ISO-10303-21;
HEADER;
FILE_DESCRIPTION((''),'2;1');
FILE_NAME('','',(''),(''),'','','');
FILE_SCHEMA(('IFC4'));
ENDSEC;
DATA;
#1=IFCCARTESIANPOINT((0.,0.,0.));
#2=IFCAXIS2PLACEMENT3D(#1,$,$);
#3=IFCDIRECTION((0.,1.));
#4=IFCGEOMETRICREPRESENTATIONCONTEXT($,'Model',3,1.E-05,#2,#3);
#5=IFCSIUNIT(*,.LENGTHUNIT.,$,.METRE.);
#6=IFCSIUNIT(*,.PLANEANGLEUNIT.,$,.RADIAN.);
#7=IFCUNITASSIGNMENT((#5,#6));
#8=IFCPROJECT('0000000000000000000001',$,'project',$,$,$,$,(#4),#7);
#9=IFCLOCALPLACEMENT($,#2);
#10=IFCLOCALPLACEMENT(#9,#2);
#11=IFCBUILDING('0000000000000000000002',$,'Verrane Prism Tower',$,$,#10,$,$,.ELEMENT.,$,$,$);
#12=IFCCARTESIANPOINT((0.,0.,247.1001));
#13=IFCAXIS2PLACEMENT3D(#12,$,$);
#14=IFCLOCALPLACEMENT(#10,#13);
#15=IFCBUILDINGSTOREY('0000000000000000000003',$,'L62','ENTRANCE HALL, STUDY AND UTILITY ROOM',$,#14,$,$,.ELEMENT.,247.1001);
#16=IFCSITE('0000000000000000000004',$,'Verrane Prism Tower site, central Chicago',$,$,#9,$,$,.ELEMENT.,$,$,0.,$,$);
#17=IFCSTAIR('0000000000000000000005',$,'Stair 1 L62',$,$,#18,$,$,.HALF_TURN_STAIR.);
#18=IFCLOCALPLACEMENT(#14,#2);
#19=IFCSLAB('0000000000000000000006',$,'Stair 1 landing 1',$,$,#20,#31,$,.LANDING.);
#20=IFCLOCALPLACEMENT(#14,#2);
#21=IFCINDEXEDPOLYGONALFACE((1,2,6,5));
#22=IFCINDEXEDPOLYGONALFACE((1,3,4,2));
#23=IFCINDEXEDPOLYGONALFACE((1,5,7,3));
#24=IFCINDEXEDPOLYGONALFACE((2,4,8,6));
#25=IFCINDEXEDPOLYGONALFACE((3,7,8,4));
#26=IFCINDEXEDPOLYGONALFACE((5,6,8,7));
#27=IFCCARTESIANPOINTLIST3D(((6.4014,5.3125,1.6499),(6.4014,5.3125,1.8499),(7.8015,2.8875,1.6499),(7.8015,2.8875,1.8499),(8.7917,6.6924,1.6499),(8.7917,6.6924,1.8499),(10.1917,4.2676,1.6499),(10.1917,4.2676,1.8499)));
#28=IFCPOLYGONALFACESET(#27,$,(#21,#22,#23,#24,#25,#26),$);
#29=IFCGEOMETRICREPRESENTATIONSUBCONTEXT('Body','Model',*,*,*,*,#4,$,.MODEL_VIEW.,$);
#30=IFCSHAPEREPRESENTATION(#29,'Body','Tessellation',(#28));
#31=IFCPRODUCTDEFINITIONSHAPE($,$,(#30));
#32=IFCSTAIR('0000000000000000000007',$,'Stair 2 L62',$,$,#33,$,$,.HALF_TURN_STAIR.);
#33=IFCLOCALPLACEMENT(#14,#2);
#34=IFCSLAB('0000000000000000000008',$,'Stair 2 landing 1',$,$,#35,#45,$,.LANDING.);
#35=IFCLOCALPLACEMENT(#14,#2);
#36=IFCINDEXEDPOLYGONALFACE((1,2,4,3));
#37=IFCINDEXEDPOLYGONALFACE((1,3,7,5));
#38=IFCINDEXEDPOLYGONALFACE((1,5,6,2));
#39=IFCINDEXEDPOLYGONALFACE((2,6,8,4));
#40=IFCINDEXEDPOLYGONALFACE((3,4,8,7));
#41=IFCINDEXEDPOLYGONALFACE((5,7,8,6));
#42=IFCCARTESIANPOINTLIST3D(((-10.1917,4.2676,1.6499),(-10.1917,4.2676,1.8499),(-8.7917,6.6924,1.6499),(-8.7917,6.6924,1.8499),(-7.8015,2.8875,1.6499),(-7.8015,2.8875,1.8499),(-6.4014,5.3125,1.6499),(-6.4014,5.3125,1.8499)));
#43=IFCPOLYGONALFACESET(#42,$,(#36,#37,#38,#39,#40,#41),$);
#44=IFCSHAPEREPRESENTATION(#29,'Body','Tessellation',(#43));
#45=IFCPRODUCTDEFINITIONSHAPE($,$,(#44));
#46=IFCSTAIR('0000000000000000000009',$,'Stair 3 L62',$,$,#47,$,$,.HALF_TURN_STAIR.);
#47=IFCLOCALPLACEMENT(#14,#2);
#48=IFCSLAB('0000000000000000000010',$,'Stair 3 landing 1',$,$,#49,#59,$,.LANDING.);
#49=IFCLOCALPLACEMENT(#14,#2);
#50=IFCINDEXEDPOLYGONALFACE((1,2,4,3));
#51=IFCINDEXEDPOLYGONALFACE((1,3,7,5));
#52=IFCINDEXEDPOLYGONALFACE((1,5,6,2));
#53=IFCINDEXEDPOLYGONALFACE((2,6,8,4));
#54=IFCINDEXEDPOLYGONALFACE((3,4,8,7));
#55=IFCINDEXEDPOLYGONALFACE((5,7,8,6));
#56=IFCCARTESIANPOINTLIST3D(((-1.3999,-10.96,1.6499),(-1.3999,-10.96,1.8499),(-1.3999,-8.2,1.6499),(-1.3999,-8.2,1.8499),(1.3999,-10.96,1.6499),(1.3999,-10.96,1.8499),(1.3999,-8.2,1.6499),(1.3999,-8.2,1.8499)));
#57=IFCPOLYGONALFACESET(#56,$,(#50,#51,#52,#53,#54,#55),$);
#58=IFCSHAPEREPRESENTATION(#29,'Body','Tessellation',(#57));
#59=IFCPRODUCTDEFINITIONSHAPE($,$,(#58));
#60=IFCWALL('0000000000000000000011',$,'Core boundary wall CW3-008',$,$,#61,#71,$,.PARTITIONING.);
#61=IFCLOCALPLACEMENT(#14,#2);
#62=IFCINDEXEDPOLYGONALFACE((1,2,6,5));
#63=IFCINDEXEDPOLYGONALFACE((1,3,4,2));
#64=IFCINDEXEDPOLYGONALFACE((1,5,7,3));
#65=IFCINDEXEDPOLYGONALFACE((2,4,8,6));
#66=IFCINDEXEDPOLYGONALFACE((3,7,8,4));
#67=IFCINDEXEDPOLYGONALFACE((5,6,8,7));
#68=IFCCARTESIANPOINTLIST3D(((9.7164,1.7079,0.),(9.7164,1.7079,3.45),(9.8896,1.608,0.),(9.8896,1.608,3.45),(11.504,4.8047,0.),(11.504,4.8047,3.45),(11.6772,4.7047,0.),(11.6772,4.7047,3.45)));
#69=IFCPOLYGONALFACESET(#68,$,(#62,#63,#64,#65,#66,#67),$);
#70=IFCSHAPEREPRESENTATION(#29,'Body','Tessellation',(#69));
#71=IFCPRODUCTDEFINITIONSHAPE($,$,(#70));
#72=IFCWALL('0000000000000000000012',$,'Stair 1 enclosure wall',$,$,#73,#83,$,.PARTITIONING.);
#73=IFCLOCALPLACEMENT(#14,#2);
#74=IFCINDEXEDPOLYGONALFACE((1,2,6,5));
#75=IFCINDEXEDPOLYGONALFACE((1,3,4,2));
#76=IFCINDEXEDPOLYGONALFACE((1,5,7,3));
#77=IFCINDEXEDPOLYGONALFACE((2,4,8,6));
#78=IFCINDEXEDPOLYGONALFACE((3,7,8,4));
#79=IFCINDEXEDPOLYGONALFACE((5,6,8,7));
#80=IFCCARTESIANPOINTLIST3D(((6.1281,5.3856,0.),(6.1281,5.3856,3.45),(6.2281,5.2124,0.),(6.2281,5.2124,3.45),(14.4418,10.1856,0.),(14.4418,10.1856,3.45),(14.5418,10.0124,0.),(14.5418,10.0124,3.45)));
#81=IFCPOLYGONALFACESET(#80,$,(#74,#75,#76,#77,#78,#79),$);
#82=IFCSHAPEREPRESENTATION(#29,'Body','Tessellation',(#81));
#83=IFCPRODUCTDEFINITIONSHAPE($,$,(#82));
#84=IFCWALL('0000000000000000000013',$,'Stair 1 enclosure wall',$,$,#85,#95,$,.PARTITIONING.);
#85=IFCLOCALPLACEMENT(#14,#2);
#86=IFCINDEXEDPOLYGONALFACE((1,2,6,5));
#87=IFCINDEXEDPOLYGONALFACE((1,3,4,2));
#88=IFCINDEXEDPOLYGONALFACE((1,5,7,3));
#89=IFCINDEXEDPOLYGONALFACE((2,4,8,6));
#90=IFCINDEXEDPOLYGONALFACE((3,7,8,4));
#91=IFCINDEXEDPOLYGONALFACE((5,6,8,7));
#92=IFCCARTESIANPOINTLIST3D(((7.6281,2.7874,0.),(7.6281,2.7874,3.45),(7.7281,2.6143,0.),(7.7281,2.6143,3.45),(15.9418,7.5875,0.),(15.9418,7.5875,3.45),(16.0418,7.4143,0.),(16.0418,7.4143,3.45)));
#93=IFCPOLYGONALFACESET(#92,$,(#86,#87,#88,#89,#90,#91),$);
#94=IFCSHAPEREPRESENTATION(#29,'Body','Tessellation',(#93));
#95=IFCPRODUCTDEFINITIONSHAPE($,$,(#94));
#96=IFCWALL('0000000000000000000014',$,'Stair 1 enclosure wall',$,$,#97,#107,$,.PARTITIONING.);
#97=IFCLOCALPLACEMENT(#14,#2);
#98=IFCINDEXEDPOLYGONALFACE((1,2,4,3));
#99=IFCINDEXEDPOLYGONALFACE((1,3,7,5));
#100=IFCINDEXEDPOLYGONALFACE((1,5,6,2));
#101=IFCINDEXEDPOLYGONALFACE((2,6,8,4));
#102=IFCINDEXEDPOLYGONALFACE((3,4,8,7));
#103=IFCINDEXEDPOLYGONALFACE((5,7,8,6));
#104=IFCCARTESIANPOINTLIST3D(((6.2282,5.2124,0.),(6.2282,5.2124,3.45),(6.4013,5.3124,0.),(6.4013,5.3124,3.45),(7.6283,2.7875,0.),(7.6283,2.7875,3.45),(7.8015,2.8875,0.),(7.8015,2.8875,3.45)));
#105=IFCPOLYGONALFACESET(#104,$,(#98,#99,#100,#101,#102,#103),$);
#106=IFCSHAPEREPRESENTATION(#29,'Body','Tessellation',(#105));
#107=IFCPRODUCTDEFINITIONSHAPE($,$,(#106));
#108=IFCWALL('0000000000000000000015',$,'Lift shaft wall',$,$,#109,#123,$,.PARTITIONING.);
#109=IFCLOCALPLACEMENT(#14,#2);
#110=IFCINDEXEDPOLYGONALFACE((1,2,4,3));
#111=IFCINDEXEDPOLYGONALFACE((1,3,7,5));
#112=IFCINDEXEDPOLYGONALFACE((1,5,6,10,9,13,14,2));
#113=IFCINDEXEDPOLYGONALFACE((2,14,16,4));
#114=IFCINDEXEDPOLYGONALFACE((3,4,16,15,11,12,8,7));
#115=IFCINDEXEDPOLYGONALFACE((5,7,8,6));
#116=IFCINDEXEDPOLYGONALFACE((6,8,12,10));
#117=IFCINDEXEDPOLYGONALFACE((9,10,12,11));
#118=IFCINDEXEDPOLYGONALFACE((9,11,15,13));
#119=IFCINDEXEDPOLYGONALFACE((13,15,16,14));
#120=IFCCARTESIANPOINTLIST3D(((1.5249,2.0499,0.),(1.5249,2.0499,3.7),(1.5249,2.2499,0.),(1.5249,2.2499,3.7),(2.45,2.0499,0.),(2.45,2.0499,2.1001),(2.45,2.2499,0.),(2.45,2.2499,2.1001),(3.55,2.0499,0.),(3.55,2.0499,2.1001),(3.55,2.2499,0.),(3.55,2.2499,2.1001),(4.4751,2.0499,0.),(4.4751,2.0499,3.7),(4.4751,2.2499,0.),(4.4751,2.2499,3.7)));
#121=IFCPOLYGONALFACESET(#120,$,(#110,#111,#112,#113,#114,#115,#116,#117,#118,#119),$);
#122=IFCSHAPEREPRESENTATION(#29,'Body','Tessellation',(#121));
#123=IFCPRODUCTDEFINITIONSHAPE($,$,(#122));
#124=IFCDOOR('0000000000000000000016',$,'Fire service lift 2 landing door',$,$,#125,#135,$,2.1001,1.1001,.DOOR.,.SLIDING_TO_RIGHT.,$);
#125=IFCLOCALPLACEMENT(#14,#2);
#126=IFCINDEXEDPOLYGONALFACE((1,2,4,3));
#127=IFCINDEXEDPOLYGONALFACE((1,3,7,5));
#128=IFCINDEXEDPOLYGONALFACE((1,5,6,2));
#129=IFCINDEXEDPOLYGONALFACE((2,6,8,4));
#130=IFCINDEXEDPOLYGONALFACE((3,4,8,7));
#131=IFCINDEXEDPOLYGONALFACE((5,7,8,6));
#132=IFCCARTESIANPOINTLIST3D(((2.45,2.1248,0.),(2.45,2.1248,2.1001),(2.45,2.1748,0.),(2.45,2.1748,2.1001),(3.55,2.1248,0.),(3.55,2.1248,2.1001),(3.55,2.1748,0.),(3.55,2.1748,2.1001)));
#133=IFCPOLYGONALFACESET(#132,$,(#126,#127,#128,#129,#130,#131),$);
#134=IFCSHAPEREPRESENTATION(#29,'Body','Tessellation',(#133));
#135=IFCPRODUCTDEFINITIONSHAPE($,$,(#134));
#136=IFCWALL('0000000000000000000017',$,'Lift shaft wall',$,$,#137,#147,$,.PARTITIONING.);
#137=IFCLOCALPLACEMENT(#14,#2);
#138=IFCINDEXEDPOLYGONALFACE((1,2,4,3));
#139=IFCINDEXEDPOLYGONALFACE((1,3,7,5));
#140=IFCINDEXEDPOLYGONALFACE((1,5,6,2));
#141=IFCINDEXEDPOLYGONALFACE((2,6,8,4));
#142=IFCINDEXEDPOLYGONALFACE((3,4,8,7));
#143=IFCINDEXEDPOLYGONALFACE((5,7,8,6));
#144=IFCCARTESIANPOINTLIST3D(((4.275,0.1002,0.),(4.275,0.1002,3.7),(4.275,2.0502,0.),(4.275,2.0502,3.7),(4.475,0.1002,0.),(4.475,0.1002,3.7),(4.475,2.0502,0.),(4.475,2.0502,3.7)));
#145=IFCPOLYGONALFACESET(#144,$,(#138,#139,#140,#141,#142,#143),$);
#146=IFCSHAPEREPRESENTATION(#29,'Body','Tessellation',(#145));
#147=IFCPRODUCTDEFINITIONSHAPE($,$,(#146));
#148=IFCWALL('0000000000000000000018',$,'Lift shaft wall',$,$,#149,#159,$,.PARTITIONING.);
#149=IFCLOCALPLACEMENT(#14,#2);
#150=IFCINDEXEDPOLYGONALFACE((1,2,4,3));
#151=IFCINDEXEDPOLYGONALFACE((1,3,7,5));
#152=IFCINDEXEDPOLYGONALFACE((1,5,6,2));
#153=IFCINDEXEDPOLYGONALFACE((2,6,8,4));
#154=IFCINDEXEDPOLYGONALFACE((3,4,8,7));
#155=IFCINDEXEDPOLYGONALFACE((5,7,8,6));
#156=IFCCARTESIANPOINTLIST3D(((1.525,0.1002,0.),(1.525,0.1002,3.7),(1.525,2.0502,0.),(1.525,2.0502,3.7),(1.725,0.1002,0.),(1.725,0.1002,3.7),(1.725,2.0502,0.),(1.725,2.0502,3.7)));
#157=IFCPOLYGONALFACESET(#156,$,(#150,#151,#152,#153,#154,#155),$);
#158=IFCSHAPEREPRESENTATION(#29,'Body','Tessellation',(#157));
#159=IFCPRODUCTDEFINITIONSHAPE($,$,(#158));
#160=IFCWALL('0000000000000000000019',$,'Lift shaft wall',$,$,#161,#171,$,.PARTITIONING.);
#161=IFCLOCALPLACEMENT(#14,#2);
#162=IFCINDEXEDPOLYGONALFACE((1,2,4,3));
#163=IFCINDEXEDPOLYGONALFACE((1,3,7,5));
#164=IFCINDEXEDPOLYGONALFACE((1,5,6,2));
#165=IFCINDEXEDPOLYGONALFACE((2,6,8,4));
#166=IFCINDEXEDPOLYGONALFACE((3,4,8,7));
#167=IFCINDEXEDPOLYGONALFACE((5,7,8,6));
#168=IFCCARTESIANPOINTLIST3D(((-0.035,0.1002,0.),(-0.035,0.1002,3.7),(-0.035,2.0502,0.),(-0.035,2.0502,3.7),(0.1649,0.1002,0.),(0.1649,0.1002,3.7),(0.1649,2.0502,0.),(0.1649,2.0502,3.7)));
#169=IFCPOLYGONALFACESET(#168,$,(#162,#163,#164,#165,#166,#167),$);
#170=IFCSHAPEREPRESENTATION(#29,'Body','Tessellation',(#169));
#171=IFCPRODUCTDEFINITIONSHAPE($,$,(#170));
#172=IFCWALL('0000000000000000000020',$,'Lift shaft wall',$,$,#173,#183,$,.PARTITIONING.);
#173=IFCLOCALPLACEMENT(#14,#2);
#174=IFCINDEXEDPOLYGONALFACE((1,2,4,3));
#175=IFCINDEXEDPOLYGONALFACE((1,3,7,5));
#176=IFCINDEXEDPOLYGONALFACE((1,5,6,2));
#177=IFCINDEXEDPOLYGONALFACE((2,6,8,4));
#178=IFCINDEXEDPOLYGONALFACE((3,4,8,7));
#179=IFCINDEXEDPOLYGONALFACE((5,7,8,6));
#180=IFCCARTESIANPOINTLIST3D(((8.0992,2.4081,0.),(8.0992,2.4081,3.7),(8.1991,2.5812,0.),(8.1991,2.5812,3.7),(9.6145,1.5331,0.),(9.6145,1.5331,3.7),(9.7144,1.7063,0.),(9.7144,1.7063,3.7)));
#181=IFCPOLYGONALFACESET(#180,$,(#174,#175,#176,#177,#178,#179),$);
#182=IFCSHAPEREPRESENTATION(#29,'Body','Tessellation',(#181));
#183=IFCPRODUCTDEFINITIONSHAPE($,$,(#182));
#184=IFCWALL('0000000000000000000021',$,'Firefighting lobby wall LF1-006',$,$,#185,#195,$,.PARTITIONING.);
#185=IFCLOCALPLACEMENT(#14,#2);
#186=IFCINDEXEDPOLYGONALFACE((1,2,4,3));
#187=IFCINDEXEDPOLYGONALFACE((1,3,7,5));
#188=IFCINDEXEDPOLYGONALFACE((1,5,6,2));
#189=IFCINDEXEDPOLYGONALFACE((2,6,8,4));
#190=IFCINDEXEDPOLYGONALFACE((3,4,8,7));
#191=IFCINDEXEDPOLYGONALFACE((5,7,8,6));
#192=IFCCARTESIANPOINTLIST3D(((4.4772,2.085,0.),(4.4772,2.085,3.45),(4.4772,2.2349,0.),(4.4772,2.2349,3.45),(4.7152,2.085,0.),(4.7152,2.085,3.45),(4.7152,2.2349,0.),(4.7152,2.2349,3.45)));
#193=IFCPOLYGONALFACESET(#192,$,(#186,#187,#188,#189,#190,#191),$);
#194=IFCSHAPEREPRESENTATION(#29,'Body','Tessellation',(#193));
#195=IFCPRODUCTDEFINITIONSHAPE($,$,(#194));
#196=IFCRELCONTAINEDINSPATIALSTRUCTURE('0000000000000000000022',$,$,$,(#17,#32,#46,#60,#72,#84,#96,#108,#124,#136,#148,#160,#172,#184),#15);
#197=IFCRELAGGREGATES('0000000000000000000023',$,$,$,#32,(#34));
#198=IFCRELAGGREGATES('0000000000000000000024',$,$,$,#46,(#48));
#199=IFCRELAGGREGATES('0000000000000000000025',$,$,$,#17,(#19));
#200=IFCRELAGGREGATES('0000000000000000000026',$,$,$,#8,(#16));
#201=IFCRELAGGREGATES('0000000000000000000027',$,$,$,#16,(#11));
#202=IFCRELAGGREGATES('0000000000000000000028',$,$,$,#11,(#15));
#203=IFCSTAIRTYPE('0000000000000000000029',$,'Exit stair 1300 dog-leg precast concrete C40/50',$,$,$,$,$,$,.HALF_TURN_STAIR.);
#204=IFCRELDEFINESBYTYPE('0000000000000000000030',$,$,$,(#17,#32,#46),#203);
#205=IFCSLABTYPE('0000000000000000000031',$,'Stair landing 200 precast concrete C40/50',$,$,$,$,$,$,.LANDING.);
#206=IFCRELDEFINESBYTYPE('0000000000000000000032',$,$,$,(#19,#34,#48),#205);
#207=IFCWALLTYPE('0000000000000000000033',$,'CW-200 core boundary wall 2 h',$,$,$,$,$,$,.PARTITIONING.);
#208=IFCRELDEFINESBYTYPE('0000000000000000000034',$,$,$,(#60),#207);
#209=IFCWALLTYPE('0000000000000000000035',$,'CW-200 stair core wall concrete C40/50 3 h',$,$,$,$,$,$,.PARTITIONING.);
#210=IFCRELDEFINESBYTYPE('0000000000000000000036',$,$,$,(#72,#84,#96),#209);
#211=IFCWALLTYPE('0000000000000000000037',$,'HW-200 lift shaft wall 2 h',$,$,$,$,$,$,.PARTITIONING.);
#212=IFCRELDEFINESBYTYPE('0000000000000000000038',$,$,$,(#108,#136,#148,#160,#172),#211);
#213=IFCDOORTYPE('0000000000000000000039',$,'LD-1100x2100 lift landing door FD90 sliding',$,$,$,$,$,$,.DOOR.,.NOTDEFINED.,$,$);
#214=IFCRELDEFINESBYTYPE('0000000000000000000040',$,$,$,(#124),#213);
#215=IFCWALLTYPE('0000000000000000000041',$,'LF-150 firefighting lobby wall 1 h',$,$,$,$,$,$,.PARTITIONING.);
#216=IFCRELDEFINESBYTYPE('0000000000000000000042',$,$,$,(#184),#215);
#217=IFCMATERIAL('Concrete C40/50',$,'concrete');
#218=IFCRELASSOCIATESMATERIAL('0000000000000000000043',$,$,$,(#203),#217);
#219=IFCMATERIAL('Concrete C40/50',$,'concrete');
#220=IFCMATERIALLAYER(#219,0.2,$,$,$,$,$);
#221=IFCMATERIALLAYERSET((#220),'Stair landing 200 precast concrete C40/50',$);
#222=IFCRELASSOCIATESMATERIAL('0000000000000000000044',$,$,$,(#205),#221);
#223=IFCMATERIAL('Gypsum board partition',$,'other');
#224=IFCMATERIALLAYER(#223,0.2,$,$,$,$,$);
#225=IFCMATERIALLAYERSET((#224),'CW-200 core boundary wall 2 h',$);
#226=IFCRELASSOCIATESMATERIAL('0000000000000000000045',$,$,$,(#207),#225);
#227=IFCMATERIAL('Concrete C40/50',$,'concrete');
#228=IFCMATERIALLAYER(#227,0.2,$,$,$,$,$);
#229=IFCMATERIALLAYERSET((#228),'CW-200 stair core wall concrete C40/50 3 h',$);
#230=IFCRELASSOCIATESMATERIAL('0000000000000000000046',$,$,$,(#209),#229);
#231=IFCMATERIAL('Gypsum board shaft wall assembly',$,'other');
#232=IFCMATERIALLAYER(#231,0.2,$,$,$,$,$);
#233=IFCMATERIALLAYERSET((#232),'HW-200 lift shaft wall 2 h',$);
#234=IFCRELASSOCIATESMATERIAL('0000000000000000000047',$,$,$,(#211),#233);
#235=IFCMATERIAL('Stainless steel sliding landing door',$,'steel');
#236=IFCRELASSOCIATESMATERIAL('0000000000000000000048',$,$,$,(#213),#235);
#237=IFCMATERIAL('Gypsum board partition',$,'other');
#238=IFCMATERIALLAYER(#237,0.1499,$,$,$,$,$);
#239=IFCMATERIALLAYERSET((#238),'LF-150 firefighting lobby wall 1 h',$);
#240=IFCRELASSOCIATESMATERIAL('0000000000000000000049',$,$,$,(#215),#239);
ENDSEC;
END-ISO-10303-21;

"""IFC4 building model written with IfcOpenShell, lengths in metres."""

from ifc_helpers import new_model, si_unit, direction, frame, frame_2d, origin, place, context, subcontext, project, spatial, polyline, rectangle, outline, extrude, material, layer, layer_set, type_object, element, fill, aggregate, save


model = new_model("IFC4")

# Units and contexts
model_context = context("Model", 3, precision=1e-05, world=origin(), true_north=direction((0.0, 1.0)))
body_context = subcontext(model_context, "Body", "Model", "MODEL_VIEW")
ifc_project = project(units=[si_unit("LENGTHUNIT", "METRE"), si_unit("PLANEANGLEUNIT", "RADIAN")], contexts=[model_context])

# Site, building, storey
site_placement = place(None, origin())
site = spatial("IfcSite", under=ifc_project, at=site_placement, Name="Verrane Prism Tower site, central Chicago", CompositionType="ELEMENT", RefElevation=0.0)
building_placement = place(site_placement, origin())
building = spatial("IfcBuilding", under=site, at=building_placement, Name="Verrane Prism Tower", CompositionType="ELEMENT")
storey_placement = place(building_placement, frame((0.0, 0.0, 247.1001)))
storey = spatial("IfcBuildingStorey", under=building, at=storey_placement, Name="L62", Description="ENTRANCE HALL, STUDY AND UTILITY ROOM", CompositionType="ELEMENT", Elevation=247.1001)

# Stairs, slabs
ifc_material_1 = material(Name="Concrete C40/50", Category="concrete")
stair_type = type_object("IfcStairType", Name="Exit stair 1300 dog-leg precast concrete C40/50", PredefinedType="HALF_TURN_STAIR", material=ifc_material_1)
stair_1_placement = place(storey_placement, origin())
stair_1 = element("IfcStair", 1, at=stair_1_placement, inside=storey, type_object=stair_type, Name="Stair 1 L62", PredefinedType="HALF_TURN_STAIR")
ifc_material_2 = material(Name="Concrete C40/50", Category="concrete")
ifc_layer_1 = layer(ifc_material_2, 0.2)
ifc_layer_set_1 = layer_set([ifc_layer_1], Name="Stair landing 200 precast concrete C40/50")
slab_type_1 = type_object("IfcSlabType", Name="Stair landing 200 precast concrete C40/50", PredefinedType="LANDING", material=ifc_layer_set_1)
slab_1_placement = place(storey_placement, frame((0.0, 0.0, 1.6499)))
slab_1 = element("IfcSlab", 2, at=slab_1_placement, type_object=slab_type_1, Name="Stair 1 landing 1", PredefinedType="LANDING", context=body_context, shape_type="SweptSolid", body=[
    extrude(outline(polyline([(8.7917, 6.6924), (6.4014, 5.3125), (7.8015, 2.8875), (10.1917, 4.2676), (8.7917, 6.6924)])), origin(), (0.0, 0.0, 1.0), 0.2),
])
stair_2_placement = place(storey_placement, origin())
stair_2 = element("IfcStair", 3, at=stair_2_placement, inside=storey, type_object=stair_type, Name="Stair 2 L62", PredefinedType="HALF_TURN_STAIR")
slab_2_placement = place(storey_placement, frame((0.0, 0.0, 1.6499)))
slab_2 = element("IfcSlab", 4, at=slab_2_placement, type_object=slab_type_1, Name="Stair 2 landing 1", PredefinedType="LANDING", context=body_context, shape_type="SweptSolid", body=[
    extrude(outline(polyline([(-10.1917, 4.2676), (-7.8015, 2.8875), (-6.4014, 5.3125), (-8.7917, 6.6924), (-10.1917, 4.2676)])), origin(), (0.0, 0.0, 1.0), 0.2),
])
aggregate(stair_2, [slab_2])
stair_3_placement = place(storey_placement, origin())
stair_3 = element("IfcStair", 5, at=stair_3_placement, inside=storey, type_object=stair_type, Name="Stair 3 L62", PredefinedType="HALF_TURN_STAIR")
slab_3_placement = place(storey_placement, frame((0.0, 0.0, 1.6499)))
slab_3 = element("IfcSlab", 6, at=slab_3_placement, type_object=slab_type_1, Name="Stair 3 landing 1", PredefinedType="LANDING", context=body_context, shape_type="SweptSolid", body=[
    extrude(outline(polyline([(1.3999, -10.96), (1.3999, -8.2), (-1.3999, -8.2), (-1.3999, -10.96), (1.3999, -10.96)])), origin(), (0.0, 0.0, 1.0), 0.2),
])
aggregate(stair_3, [slab_3])

# Walls
ifc_material_3 = material(Name="Gypsum board partition", Category="other")
ifc_layer_2 = layer(ifc_material_3, 0.2)
ifc_layer_set_2 = layer_set([ifc_layer_2], Name="CW-200 core boundary wall 2 h")
wall_type_1 = type_object("IfcWallType", Name="CW-200 core boundary wall 2 h", PredefinedType="PARTITIONING", material=ifc_layer_set_2)
wall_1_placement = place(storey_placement, frame((9.803, 1.658, 0.0), z_axis=(0.0, 0.0, 1.0), x_axis=(0.499943, 0.866058, 0.0)))
element("IfcWall", 7, at=wall_1_placement, inside=storey, type_object=wall_type_1, Name="Core boundary wall CW3-008", PredefinedType="PARTITIONING", context=body_context, shape_type="SweptSolid", body=[
    extrude(rectangle(XDim=3.5757, YDim=0.2, at=frame_2d((1.7878, 0.0))), origin(), (0.0, 0.0, 1.0), 3.45),
])
ifc_material_4 = material(Name="Concrete C40/50", Category="concrete")
ifc_layer_3 = layer(ifc_material_4, 0.2)
ifc_layer_set_3 = layer_set([ifc_layer_3], Name="CW-200 stair core wall concrete C40/50 3 h")
wall_type_2 = type_object("IfcWallType", Name="CW-200 stair core wall concrete C40/50 3 h", PredefinedType="PARTITIONING", material=ifc_layer_set_3)
for number, where, z_axis, x_axis, name in (
    (8, (6.1782, 5.2991, 0.0), (0.0, 0.0, 1.0), (0.86602, 0.500009, 0.0), "Stair 1 enclosure wall"),
    (9, (7.6782, 2.7009, 0.0), (0.0, 0.0, 1.0), (0.86602, 0.500009, 0.0), "Stair 1 enclosure wall"),
):
    element("IfcWall", number, at=place(storey_placement, frame(where, z_axis=z_axis, x_axis=x_axis)), inside=storey, type_object=wall_type_2, Name=name, PredefinedType="PARTITIONING", context=body_context, shape_type="SweptSolid", body=[
        extrude(rectangle(XDim=9.5999, YDim=0.2, at=frame_2d((4.7998, 0.0))), origin(), (0.0, 0.0, 1.0), 3.45),
    ])
wall_2_placement = place(storey_placement, frame((7.7148, 2.8376, 0.0), z_axis=(0.0, 0.0, 1.0), x_axis=(-0.50005, 0.865997, 0.0)))
element("IfcWall", 10, at=wall_2_placement, inside=storey, type_object=wall_type_2, Name="Stair 1 enclosure wall", PredefinedType="PARTITIONING", context=body_context, shape_type="SweptSolid", body=[
    extrude(rectangle(XDim=2.8, YDim=0.2, at=frame_2d((1.3999, 0.0))), origin(), (0.0, 0.0, 1.0), 3.45),
])

# Wall, opening, door
ifc_material_5 = material(Name="Gypsum board shaft wall assembly", Category="other")
ifc_layer_4 = layer(ifc_material_5, 0.2)
ifc_layer_set_4 = layer_set([ifc_layer_4], Name="HW-200 lift shaft wall 2 h")
wall_type_3 = type_object("IfcWallType", Name="HW-200 lift shaft wall 2 h", PredefinedType="PARTITIONING", material=ifc_layer_set_4)
wall_3_placement = place(storey_placement, frame((1.5249, 2.1499, 0.0), z_axis=(0.0, 0.0, 1.0), x_axis=(1.0, 0.0, 0.0)))
wall_3 = element("IfcWall", 11, at=wall_3_placement, inside=storey, type_object=wall_type_3, Name="Lift shaft wall", PredefinedType="PARTITIONING", context=body_context, shape_type="SweptSolid", body=[
    extrude(rectangle(XDim=2.9502, YDim=0.2, at=frame_2d((1.4751, 0.0))), origin(), (0.0, 0.0, 1.0), 3.7),
])
opening_1_placement = place(wall_3_placement, frame((0.925, 0.0, 0.0)))
opening_1 = element("IfcOpeningElement", 12, at=opening_1_placement, cuts=wall_3, PredefinedType="OPENING", context=body_context, shape_type="SweptSolid", body=[
    extrude(rectangle(XDim=1.1001, YDim=2.1001, at=frame_2d((0.55, 1.05))), frame((0.0, 0.1099, 0.0), z_axis=(0.0, -1.0, 0.0), x_axis=(1.0, 0.0, 0.0)), (0.0, 0.0, 1.0), 0.22),
])
ifc_material_6 = material(Name="Stainless steel sliding landing door", Category="steel")
door_type_1 = type_object("IfcDoorType", Name="LD-1100x2100 lift landing door FD90 sliding", OperationType="NOTDEFINED", PredefinedType="DOOR", material=ifc_material_6)
door_1_placement = place(opening_1_placement, origin())
door_1 = element("IfcDoor", 13, at=door_1_placement, inside=storey, type_object=door_type_1, Name="Fire service lift 2 landing door", OperationType="SLIDING_TO_RIGHT", OverallHeight=2.1001, OverallWidth=1.1001, PredefinedType="DOOR", context=body_context, shape_type="SweptSolid", body=[
    extrude(rectangle(XDim=1.1001, YDim=2.1001, at=frame_2d((0.55, 1.05))), frame((0.0, 0.0249, 0.0), z_axis=(0.0, -1.0, 0.0), x_axis=(1.0, 0.0, 0.0)), (0.0, 0.0, 1.0), 0.05),
])
fill(opening_1, door_1)

# Walls
for number, where, z_axis, x_axis, name in (
    (14, (4.375, 0.1001, 0.0), (0.0, 0.0, 1.0), (0.0, 1.0, 0.0), "Lift shaft wall"),
    (15, (1.625, 0.1001, 0.0), (0.0, 0.0, 1.0), (0.0, 1.0, 0.0), "Lift shaft wall"),
    (16, (0.0649, 0.1001, 0.0), (0.0, 0.0, 1.0), (0.0, 1.0, 0.0), "Lift shaft wall"),
):
    element("IfcWall", number, at=place(storey_placement, frame(where, z_axis=z_axis, x_axis=x_axis)), inside=storey, type_object=wall_type_3, Name=name, PredefinedType="PARTITIONING", context=body_context, shape_type="SweptSolid", body=[
        extrude(rectangle(XDim=1.95, YDim=0.2, at=frame_2d((0.9751, 0.0))), origin(), (0.0, 0.0, 1.0), 3.7),
    ])
wall_4_placement = place(storey_placement, frame((9.6646, 1.6196, 0.0), z_axis=(0.0, 0.0, 1.0), x_axis=(-0.866002, 0.50004, 0.0)))
element("IfcWall", 17, at=wall_4_placement, inside=storey, type_object=wall_type_3, Name="Lift shaft wall", PredefinedType="PARTITIONING", context=body_context, shape_type="SweptSolid", body=[
    extrude(rectangle(XDim=1.7498, YDim=0.2, at=frame_2d((0.875, 0.0))), origin(), (0.0, 0.0, 1.0), 3.7),
])
ifc_material_7 = material(Name="Gypsum board partition", Category="other")
ifc_layer_5 = layer(ifc_material_7, 0.1499)
ifc_layer_set_5 = layer_set([ifc_layer_5], Name="LF-150 firefighting lobby wall 1 h")
wall_type_4 = type_object("IfcWallType", Name="LF-150 firefighting lobby wall 1 h", PredefinedType="PARTITIONING", material=ifc_layer_set_5)
wall_5_placement = place(storey_placement, frame((4.4771, 2.1599, 0.0), z_axis=(0.0, 0.0, 1.0), x_axis=(1.0, 0.0, 0.0)))
element("IfcWall", 18, at=wall_5_placement, inside=storey, type_object=wall_type_4, Name="Firefighting lobby wall LF1-006", PredefinedType="PARTITIONING", context=body_context, shape_type="SweptSolid", body=[
    extrude(rectangle(XDim=0.238, YDim=0.1499, at=frame_2d((0.1191, 0.0))), origin(), (0.0, 0.0, 1.0), 3.45),
])

aggregate(stair_1, [slab_1])

save(model, "model.ifc")
